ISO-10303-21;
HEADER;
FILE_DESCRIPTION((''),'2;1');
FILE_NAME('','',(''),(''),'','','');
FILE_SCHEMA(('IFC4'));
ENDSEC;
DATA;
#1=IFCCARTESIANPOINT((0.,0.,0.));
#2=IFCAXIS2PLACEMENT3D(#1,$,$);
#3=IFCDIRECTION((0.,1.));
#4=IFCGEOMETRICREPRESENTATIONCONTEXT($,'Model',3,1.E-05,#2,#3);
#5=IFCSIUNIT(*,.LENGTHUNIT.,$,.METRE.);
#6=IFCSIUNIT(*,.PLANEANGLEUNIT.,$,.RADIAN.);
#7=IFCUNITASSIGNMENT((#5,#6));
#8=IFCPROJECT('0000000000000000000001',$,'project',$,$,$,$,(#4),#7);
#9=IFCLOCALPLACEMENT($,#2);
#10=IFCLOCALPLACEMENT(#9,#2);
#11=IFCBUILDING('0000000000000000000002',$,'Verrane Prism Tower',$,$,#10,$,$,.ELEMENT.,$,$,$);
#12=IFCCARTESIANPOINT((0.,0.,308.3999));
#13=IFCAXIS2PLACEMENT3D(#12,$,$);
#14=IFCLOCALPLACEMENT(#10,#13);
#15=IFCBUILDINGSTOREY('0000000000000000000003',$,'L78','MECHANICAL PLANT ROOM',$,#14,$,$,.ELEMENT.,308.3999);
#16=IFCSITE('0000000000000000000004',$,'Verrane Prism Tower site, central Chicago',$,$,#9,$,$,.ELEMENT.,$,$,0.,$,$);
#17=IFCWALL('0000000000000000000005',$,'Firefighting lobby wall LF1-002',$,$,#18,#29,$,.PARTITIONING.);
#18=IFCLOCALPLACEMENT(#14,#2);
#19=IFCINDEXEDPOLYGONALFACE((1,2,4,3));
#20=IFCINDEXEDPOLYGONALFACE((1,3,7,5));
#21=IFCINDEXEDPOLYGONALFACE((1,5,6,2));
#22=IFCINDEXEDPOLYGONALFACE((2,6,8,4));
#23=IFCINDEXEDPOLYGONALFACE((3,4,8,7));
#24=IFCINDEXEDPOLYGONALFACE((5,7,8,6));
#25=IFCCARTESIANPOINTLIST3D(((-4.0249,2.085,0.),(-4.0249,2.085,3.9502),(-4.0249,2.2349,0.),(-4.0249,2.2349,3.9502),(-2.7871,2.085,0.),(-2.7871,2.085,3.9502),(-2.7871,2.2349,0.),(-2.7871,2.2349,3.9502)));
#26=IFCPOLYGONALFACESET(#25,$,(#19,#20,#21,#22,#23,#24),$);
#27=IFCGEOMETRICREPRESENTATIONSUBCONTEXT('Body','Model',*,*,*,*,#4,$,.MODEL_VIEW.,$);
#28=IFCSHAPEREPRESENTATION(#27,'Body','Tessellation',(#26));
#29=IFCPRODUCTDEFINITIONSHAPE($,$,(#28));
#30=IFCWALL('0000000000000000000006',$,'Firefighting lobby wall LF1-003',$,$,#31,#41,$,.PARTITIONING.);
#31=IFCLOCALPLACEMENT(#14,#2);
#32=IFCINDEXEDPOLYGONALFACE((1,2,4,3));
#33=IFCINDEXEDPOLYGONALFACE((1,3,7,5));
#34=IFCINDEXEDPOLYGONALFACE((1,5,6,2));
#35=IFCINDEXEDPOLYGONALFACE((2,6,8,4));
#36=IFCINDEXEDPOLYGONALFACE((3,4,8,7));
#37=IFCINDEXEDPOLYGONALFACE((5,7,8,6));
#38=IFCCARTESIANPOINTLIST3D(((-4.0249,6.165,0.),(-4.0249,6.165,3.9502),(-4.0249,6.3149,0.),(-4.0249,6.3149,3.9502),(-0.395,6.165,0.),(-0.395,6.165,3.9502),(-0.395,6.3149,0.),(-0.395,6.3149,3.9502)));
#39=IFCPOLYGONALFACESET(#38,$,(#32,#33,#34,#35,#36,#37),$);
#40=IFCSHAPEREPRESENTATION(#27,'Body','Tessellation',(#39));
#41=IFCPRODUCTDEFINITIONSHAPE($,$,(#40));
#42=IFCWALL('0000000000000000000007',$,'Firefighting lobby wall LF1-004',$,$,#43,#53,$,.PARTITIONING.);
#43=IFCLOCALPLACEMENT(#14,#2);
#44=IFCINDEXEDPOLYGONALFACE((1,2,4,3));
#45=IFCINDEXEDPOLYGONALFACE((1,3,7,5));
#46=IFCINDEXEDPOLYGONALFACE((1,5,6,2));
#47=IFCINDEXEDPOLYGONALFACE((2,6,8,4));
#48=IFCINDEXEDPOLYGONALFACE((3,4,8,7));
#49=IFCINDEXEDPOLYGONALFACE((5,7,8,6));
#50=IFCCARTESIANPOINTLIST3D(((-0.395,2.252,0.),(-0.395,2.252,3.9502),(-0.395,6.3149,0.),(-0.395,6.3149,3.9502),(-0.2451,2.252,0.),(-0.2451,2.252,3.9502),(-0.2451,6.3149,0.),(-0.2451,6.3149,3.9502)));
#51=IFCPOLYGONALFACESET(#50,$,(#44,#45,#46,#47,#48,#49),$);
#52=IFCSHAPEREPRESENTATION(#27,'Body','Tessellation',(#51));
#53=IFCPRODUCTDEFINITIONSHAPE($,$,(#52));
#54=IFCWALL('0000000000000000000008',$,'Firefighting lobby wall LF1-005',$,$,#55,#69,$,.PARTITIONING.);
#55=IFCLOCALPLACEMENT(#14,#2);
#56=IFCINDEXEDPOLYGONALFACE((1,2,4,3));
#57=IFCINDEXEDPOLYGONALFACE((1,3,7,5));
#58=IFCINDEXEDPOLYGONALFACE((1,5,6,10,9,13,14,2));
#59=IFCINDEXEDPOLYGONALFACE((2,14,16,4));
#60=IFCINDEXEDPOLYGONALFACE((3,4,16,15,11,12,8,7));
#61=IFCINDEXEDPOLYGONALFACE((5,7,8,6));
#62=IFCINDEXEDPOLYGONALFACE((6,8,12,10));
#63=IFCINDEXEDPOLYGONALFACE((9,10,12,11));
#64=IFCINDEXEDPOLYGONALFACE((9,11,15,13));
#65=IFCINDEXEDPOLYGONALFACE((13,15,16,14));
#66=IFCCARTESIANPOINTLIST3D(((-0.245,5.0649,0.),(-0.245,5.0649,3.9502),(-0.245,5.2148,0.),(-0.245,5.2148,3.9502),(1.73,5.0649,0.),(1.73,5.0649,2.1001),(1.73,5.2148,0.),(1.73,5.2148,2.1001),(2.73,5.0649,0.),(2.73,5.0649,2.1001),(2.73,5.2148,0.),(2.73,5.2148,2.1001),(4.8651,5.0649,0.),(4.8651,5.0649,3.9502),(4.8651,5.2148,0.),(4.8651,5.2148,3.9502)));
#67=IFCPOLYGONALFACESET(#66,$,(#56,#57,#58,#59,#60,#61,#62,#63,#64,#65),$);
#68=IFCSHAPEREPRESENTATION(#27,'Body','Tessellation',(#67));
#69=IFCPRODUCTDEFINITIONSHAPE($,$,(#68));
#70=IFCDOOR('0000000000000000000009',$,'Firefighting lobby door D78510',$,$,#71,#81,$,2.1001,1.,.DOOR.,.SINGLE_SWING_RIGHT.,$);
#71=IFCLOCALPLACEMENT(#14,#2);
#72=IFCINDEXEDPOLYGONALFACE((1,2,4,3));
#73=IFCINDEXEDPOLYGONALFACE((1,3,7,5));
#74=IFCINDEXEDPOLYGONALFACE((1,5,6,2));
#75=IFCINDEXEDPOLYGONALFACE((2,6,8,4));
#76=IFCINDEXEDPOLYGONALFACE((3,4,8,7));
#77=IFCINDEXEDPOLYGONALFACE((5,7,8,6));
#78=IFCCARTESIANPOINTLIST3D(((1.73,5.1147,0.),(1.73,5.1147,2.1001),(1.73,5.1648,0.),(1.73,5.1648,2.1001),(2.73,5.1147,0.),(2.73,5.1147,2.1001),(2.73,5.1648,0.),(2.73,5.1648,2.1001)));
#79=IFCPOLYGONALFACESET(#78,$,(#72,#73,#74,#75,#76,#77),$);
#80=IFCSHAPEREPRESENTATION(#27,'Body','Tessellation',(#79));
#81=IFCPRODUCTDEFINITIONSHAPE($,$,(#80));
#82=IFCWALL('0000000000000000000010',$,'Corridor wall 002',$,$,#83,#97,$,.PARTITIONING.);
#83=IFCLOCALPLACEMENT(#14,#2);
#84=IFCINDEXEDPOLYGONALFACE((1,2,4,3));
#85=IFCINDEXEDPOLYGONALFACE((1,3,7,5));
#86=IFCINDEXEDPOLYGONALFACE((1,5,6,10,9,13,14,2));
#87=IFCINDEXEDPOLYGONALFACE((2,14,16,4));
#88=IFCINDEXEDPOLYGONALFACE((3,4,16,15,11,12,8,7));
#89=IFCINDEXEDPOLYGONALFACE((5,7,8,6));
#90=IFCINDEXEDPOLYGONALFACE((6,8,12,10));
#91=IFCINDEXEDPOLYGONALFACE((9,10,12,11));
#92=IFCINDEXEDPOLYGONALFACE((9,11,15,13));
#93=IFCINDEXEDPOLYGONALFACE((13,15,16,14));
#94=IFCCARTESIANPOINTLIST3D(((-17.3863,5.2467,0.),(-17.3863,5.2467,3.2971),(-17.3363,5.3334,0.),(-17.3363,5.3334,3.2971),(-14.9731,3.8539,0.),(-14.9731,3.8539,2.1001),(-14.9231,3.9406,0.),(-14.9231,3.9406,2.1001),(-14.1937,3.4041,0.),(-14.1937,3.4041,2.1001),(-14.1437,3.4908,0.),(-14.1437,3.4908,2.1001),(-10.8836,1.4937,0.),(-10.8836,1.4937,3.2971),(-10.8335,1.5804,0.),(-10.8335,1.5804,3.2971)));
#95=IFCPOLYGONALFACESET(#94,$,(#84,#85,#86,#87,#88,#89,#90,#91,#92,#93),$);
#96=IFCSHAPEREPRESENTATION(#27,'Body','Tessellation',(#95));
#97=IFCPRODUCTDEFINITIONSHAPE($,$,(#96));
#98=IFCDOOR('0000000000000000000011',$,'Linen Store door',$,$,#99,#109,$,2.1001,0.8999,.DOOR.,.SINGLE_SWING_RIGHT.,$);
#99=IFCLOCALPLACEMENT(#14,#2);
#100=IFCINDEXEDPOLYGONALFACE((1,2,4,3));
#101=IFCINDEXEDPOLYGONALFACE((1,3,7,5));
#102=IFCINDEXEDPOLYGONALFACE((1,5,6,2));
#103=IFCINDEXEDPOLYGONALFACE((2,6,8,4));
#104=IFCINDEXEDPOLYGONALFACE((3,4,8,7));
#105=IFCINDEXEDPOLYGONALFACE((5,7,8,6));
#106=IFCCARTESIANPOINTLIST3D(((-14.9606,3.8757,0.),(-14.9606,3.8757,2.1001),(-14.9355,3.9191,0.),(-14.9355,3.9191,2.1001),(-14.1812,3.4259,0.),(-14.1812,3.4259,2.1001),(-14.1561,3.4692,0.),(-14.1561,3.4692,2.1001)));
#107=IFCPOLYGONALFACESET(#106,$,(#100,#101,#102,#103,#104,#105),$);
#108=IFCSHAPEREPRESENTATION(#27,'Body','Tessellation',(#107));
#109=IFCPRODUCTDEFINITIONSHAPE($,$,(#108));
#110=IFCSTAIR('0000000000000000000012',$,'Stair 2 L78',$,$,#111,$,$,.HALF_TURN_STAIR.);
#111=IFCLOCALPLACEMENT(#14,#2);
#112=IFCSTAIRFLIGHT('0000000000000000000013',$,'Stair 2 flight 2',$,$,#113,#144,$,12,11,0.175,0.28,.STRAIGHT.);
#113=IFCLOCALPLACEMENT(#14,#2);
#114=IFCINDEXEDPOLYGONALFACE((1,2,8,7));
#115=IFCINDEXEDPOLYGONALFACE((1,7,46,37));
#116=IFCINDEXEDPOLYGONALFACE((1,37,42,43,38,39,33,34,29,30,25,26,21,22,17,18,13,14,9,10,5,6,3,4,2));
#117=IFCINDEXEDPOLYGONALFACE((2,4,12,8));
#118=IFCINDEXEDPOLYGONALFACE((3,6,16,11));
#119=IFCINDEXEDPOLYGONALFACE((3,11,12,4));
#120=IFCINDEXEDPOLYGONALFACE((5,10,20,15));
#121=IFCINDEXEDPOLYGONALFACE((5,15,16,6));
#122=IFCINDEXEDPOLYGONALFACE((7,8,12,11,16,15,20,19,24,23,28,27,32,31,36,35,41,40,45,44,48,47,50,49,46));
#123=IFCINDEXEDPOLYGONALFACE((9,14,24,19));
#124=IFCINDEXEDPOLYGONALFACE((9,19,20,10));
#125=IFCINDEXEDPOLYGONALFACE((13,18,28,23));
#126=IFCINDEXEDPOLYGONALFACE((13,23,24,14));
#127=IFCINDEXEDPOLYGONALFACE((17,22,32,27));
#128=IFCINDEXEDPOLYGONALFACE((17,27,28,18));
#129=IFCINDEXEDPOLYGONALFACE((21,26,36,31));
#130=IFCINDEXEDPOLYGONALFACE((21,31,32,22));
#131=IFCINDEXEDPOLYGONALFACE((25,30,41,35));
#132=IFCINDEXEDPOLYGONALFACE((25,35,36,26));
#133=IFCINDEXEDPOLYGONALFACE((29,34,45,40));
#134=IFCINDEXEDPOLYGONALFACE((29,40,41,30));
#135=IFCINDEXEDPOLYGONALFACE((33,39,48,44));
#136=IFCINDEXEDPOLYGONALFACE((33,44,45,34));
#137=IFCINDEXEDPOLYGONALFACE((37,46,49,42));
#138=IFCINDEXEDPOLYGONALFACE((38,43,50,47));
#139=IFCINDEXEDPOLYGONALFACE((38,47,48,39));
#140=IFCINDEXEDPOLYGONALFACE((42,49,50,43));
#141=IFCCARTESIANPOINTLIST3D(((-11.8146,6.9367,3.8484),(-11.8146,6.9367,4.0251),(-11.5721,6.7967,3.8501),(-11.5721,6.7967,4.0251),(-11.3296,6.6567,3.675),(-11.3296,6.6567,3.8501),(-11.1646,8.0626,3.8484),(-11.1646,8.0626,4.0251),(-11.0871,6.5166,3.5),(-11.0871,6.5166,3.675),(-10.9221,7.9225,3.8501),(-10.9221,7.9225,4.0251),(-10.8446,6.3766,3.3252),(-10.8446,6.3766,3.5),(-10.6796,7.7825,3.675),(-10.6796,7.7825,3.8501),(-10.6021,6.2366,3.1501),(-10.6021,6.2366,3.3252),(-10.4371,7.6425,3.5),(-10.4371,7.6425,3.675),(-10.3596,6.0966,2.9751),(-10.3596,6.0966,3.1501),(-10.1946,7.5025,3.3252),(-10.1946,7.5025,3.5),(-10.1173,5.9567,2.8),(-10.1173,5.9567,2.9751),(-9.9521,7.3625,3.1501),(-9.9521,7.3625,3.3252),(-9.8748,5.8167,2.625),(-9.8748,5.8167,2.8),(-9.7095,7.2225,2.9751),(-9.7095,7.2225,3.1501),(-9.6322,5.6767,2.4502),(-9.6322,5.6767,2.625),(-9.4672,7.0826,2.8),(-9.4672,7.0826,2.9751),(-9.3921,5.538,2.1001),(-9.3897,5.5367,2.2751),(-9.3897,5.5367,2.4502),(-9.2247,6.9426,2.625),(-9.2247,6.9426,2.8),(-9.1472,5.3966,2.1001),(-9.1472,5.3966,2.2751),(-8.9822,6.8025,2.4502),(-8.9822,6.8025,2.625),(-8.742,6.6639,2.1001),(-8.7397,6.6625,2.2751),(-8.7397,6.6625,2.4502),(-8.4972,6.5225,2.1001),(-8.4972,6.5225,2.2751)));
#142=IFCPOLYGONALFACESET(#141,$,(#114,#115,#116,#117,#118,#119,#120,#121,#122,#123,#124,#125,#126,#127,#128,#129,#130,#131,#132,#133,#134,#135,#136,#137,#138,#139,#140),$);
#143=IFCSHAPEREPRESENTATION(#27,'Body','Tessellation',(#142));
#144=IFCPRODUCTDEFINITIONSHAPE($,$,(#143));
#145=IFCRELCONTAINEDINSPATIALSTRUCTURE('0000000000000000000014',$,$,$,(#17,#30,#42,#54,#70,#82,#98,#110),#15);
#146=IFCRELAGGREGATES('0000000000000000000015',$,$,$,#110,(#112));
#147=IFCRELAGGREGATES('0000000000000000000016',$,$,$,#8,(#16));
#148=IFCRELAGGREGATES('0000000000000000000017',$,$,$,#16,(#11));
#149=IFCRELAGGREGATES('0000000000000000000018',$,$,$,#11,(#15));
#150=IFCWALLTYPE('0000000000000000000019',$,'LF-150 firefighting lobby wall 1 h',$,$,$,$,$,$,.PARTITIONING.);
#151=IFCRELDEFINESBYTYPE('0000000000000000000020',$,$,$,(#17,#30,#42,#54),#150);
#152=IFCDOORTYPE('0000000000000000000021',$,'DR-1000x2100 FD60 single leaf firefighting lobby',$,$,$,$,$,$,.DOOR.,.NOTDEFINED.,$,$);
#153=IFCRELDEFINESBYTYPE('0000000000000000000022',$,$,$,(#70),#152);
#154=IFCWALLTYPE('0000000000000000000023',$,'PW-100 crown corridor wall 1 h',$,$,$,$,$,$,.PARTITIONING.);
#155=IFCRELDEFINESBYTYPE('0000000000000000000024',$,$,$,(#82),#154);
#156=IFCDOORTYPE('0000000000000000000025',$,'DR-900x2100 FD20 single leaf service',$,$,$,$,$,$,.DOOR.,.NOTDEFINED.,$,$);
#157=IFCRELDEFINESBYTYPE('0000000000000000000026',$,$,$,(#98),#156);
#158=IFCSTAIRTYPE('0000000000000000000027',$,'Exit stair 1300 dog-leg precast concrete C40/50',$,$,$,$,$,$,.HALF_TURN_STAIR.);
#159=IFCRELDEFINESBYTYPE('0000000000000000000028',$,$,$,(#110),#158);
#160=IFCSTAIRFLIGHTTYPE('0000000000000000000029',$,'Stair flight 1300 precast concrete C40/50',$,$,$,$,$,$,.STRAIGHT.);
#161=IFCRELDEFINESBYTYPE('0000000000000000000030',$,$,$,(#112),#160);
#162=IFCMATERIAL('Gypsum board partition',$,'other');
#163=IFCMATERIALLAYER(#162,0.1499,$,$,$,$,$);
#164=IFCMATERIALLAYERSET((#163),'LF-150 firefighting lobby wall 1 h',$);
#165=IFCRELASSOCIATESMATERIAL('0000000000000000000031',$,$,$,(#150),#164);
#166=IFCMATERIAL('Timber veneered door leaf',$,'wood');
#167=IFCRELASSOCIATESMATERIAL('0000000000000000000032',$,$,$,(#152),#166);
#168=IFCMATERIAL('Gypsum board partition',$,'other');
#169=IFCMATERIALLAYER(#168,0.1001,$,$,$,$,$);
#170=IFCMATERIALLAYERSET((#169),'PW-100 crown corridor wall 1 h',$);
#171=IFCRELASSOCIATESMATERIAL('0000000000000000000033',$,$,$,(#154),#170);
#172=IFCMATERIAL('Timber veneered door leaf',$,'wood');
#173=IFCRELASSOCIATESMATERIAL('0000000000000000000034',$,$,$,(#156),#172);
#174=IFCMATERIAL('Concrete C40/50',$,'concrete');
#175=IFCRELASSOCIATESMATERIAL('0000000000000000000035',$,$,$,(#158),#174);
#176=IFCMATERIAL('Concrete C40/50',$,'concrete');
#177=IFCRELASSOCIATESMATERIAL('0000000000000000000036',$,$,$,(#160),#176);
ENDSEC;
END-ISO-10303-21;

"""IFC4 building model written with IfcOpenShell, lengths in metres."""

from ifc_helpers import new_model, si_unit, direction, frame, frame_2d, origin, place, context, subcontext, project, spatial, polyline, rectangle, outline, extrude, material, layer, layer_set, type_object, element, fill, aggregate, save


model = new_model("IFC4")

# Units and contexts
model_context = context("Model", 3, precision=1e-05, world=origin(), true_north=direction((0.0, 1.0)))
body_context = subcontext(model_context, "Body", "Model", "MODEL_VIEW")
ifc_project = project(units=[si_unit("LENGTHUNIT", "METRE"), si_unit("PLANEANGLEUNIT", "RADIAN")], contexts=[model_context])

# Site, building, storey
site_placement = place(None, origin())
site = spatial("IfcSite", under=ifc_project, at=site_placement, Name="Verrane Prism Tower site, central Chicago", CompositionType="ELEMENT", RefElevation=0.0)
building_placement = place(site_placement, origin())
building = spatial("IfcBuilding", under=site, at=building_placement, Name="Verrane Prism Tower", CompositionType="ELEMENT")
storey_placement = place(building_placement, frame((0.0, 0.0, 308.3999)))
storey = spatial("IfcBuildingStorey", under=building, at=storey_placement, Name="L78", Description="MECHANICAL PLANT ROOM", CompositionType="ELEMENT", Elevation=308.3999)

# Shared definitions
ifc_material_1 = material(Name="Gypsum board partition", Category="other")
ifc_layer_1 = layer(ifc_material_1, 0.1499)
ifc_layer_set_1 = layer_set([ifc_layer_1], Name="LF-150 firefighting lobby wall 1 h")
wall_type_1 = type_object("IfcWallType", Name="LF-150 firefighting lobby wall 1 h", PredefinedType="PARTITIONING", material=ifc_layer_set_1)
ifc_material_2 = material(Name="Timber veneered door leaf", Category="wood")
door_type_1 = type_object("IfcDoorType", Name="DR-1000x2100 FD60 single leaf firefighting lobby", OperationType="NOTDEFINED", PredefinedType="DOOR", material=ifc_material_2)

# Walls
wall_1_placement = place(storey_placement, frame((-4.0249, 2.1599, 0.0), z_axis=(0.0, 0.0, 1.0), x_axis=(1.0, 0.0, 0.0)))
element("IfcWall", 1, at=wall_1_placement, inside=storey, type_object=wall_type_1, Name="Firefighting lobby wall LF1-002", PredefinedType="PARTITIONING", context=body_context, shape_type="SweptSolid", body=[
    extrude(rectangle(XDim=1.2378, YDim=0.1499, at=frame_2d((0.6189, 0.0))), origin(), (0.0, 0.0, 1.0), 3.9502),
])
wall_2_placement = place(storey_placement, frame((-4.0249, 6.24, 0.0), z_axis=(0.0, 0.0, 1.0), x_axis=(1.0, 0.0, 0.0)))
element("IfcWall", 2, at=wall_2_placement, inside=storey, type_object=wall_type_1, Name="Firefighting lobby wall LF1-003", PredefinedType="PARTITIONING", context=body_context, shape_type="SweptSolid", body=[
    extrude(rectangle(XDim=3.6299, YDim=0.1499, at=frame_2d((1.8149, 0.0))), origin(), (0.0, 0.0, 1.0), 3.9502),
])
wall_3_placement = place(storey_placement, frame((-0.3201, 2.252, 0.0), z_axis=(0.0, 0.0, 1.0), x_axis=(0.0, 1.0, 0.0)))
element("IfcWall", 3, at=wall_3_placement, inside=storey, type_object=wall_type_1, Name="Firefighting lobby wall LF1-004", PredefinedType="PARTITIONING", context=body_context, shape_type="SweptSolid", body=[
    extrude(rectangle(XDim=4.063, YDim=0.1499, at=frame_2d((2.0315, 0.0))), origin(), (0.0, 0.0, 1.0), 3.9502),
])

# Walls, openings, doors
wall_4_placement = place(storey_placement, frame((-0.2451, 5.1399, 0.0), z_axis=(0.0, 0.0, 1.0), x_axis=(1.0, 0.0, 0.0)))
wall_4 = element("IfcWall", 4, at=wall_4_placement, inside=storey, type_object=wall_type_1, Name="Firefighting lobby wall LF1-005", PredefinedType="PARTITIONING", context=body_context, shape_type="SweptSolid", body=[
    extrude(rectangle(XDim=5.1101, YDim=0.1499, at=frame_2d((2.5552, 0.0))), origin(), (0.0, 0.0, 1.0), 3.9502),
])
opening_1_placement = place(wall_4_placement, frame((1.9751, 0.0, 0.0)))
opening_1 = element("IfcOpeningElement", 5, at=opening_1_placement, cuts=wall_4, PredefinedType="OPENING", context=body_context, shape_type="SweptSolid", body=[
    extrude(rectangle(XDim=1.0, YDim=2.1001, at=frame_2d((0.5, 1.05))), frame((0.0, 0.085, 0.0), z_axis=(0.0, -1.0, 0.0), x_axis=(1.0, 0.0, 0.0)), (0.0, 0.0, 1.0), 0.1699),
])
door_1_placement = place(opening_1_placement, origin())
door_1 = element("IfcDoor", 6, at=door_1_placement, inside=storey, type_object=door_type_1, Name="Firefighting lobby door D78510", OperationType="SINGLE_SWING_RIGHT", OverallHeight=2.1001, OverallWidth=1.0, PredefinedType="DOOR", context=body_context, shape_type="SweptSolid", body=[
    extrude(rectangle(XDim=1.0, YDim=2.1001, at=frame_2d((0.5, 1.05))), frame((0.0, 0.0249, 0.0), z_axis=(0.0, -1.0, 0.0), x_axis=(1.0, 0.0, 0.0)), (0.0, 0.0, 1.0), 0.05),
])
fill(opening_1, door_1)
ifc_material_3 = material(Name="Gypsum board partition", Category="other")
ifc_layer_2 = layer(ifc_material_3, 0.1001)
ifc_layer_set_2 = layer_set([ifc_layer_2], Name="PW-100 crown corridor wall 1 h")
wall_type_2 = type_object("IfcWallType", Name="PW-100 crown corridor wall 1 h", PredefinedType="PARTITIONING", material=ifc_layer_set_2)
wall_5_placement = place(storey_placement, frame((-10.8586, 1.5371, 0.0), z_axis=(0.0, 0.0, 1.0), x_axis=(-0.866106, 0.49986, 0.0)))
wall_5 = element("IfcWall", 7, at=wall_5_placement, inside=storey, type_object=wall_type_2, Name="Corridor wall 002", PredefinedType="PARTITIONING", context=body_context, shape_type="SweptSolid", body=[
    extrude(rectangle(XDim=7.5081, YDim=0.1001, at=frame_2d((3.7539, 0.0))), origin(), (0.0, 0.0, 1.0), 3.2971),
])
opening_2_placement = place(wall_5_placement, frame((3.8218, 0.0, 0.0)))
opening_2 = element("IfcOpeningElement", 8, at=opening_2_placement, cuts=wall_5, PredefinedType="OPENING", context=body_context, shape_type="SweptSolid", body=[
    extrude(rectangle(XDim=0.8999, YDim=2.1001, at=frame_2d((0.45, 1.05))), frame((0.0, 0.0601, 0.0), z_axis=(0.0, -1.0, 0.0), x_axis=(1.0, 0.0, 0.0)), (0.0, 0.0, 1.0), 0.1201),
])
ifc_material_4 = material(Name="Timber veneered door leaf", Category="wood")
door_type_2 = type_object("IfcDoorType", Name="DR-900x2100 FD20 single leaf service", OperationType="NOTDEFINED", PredefinedType="DOOR", material=ifc_material_4)
door_2_placement = place(opening_2_placement, origin())
door_2 = element("IfcDoor", 9, at=door_2_placement, inside=storey, type_object=door_type_2, Name="Linen Store door", OperationType="SINGLE_SWING_RIGHT", OverallHeight=2.1001, OverallWidth=0.8999, PredefinedType="DOOR", context=body_context, shape_type="SweptSolid", body=[
    extrude(rectangle(XDim=0.8999, YDim=2.1001, at=frame_2d((0.45, 1.05))), frame((0.0, 0.0249, 0.0), z_axis=(0.0, -1.0, 0.0), x_axis=(1.0, 0.0, 0.0)), (0.0, 0.0, 1.0), 0.05),
])
fill(opening_2, door_2)

# Stair, stair flight
ifc_material_5 = material(Name="Concrete C40/50", Category="concrete")
stair_type = type_object("IfcStairType", Name="Exit stair 1300 dog-leg precast concrete C40/50", PredefinedType="HALF_TURN_STAIR", material=ifc_material_5)
stair_placement = place(storey_placement, origin())
stair = element("IfcStair", 10, at=stair_placement, inside=storey, type_object=stair_type, Name="Stair 2 L78", PredefinedType="HALF_TURN_STAIR")
ifc_material_6 = material(Name="Concrete C40/50", Category="concrete")
stair_flight_type = type_object("IfcStairFlightType", Name="Stair flight 1300 precast concrete C40/50", PredefinedType="STRAIGHT", material=ifc_material_6)
stair_flight_placement = place(storey_placement, frame((-8.8223, 5.9595, 2.1001), z_axis=(0.0, 0.0, 1.0), x_axis=(-0.866025, 0.5, 0.0)))
stair_flight = element("IfcStairFlight", 11, at=stair_flight_placement, type_object=stair_flight_type, Name="Stair 2 flight 2", NumberOfRisers=12, NumberOfTreads=11, PredefinedType="STRAIGHT", RiserHeight=0.175, TreadLength=0.28, context=body_context, shape_type="SweptSolid", body=[
    extrude(outline(polyline([(0.0, 0.0), (0.0, 0.175), (0.28, 0.175), (0.28, 0.3501), (0.5601, 0.3501), (0.5601, 0.5249), (0.8401, 0.5249), (0.8401, 0.7), (1.1201, 0.7), (1.1201, 0.875), (1.3999, 0.875), (1.3999, 1.05), (1.6799, 1.05), (1.6799, 1.2251), (1.96, 1.2251), (1.96, 1.3999), (2.24, 1.3999), (2.24, 1.575), (2.52, 1.575), (2.52, 1.75), (2.8, 1.75), (2.8, 1.925), (3.0801, 1.925), (3.0801, 2.1001), (3.0801, 1.7483), (0.2827, 0.0), (0.0, 0.0)])), frame((0.0, 0.6499, 0.0), z_axis=(0.0, -1.0, 0.0), x_axis=(1.0, 0.0, 0.0)), (0.0, 0.0, 1.0), 1.3),
])
aggregate(stair, [stair_flight])

save(model, "model.ifc")
